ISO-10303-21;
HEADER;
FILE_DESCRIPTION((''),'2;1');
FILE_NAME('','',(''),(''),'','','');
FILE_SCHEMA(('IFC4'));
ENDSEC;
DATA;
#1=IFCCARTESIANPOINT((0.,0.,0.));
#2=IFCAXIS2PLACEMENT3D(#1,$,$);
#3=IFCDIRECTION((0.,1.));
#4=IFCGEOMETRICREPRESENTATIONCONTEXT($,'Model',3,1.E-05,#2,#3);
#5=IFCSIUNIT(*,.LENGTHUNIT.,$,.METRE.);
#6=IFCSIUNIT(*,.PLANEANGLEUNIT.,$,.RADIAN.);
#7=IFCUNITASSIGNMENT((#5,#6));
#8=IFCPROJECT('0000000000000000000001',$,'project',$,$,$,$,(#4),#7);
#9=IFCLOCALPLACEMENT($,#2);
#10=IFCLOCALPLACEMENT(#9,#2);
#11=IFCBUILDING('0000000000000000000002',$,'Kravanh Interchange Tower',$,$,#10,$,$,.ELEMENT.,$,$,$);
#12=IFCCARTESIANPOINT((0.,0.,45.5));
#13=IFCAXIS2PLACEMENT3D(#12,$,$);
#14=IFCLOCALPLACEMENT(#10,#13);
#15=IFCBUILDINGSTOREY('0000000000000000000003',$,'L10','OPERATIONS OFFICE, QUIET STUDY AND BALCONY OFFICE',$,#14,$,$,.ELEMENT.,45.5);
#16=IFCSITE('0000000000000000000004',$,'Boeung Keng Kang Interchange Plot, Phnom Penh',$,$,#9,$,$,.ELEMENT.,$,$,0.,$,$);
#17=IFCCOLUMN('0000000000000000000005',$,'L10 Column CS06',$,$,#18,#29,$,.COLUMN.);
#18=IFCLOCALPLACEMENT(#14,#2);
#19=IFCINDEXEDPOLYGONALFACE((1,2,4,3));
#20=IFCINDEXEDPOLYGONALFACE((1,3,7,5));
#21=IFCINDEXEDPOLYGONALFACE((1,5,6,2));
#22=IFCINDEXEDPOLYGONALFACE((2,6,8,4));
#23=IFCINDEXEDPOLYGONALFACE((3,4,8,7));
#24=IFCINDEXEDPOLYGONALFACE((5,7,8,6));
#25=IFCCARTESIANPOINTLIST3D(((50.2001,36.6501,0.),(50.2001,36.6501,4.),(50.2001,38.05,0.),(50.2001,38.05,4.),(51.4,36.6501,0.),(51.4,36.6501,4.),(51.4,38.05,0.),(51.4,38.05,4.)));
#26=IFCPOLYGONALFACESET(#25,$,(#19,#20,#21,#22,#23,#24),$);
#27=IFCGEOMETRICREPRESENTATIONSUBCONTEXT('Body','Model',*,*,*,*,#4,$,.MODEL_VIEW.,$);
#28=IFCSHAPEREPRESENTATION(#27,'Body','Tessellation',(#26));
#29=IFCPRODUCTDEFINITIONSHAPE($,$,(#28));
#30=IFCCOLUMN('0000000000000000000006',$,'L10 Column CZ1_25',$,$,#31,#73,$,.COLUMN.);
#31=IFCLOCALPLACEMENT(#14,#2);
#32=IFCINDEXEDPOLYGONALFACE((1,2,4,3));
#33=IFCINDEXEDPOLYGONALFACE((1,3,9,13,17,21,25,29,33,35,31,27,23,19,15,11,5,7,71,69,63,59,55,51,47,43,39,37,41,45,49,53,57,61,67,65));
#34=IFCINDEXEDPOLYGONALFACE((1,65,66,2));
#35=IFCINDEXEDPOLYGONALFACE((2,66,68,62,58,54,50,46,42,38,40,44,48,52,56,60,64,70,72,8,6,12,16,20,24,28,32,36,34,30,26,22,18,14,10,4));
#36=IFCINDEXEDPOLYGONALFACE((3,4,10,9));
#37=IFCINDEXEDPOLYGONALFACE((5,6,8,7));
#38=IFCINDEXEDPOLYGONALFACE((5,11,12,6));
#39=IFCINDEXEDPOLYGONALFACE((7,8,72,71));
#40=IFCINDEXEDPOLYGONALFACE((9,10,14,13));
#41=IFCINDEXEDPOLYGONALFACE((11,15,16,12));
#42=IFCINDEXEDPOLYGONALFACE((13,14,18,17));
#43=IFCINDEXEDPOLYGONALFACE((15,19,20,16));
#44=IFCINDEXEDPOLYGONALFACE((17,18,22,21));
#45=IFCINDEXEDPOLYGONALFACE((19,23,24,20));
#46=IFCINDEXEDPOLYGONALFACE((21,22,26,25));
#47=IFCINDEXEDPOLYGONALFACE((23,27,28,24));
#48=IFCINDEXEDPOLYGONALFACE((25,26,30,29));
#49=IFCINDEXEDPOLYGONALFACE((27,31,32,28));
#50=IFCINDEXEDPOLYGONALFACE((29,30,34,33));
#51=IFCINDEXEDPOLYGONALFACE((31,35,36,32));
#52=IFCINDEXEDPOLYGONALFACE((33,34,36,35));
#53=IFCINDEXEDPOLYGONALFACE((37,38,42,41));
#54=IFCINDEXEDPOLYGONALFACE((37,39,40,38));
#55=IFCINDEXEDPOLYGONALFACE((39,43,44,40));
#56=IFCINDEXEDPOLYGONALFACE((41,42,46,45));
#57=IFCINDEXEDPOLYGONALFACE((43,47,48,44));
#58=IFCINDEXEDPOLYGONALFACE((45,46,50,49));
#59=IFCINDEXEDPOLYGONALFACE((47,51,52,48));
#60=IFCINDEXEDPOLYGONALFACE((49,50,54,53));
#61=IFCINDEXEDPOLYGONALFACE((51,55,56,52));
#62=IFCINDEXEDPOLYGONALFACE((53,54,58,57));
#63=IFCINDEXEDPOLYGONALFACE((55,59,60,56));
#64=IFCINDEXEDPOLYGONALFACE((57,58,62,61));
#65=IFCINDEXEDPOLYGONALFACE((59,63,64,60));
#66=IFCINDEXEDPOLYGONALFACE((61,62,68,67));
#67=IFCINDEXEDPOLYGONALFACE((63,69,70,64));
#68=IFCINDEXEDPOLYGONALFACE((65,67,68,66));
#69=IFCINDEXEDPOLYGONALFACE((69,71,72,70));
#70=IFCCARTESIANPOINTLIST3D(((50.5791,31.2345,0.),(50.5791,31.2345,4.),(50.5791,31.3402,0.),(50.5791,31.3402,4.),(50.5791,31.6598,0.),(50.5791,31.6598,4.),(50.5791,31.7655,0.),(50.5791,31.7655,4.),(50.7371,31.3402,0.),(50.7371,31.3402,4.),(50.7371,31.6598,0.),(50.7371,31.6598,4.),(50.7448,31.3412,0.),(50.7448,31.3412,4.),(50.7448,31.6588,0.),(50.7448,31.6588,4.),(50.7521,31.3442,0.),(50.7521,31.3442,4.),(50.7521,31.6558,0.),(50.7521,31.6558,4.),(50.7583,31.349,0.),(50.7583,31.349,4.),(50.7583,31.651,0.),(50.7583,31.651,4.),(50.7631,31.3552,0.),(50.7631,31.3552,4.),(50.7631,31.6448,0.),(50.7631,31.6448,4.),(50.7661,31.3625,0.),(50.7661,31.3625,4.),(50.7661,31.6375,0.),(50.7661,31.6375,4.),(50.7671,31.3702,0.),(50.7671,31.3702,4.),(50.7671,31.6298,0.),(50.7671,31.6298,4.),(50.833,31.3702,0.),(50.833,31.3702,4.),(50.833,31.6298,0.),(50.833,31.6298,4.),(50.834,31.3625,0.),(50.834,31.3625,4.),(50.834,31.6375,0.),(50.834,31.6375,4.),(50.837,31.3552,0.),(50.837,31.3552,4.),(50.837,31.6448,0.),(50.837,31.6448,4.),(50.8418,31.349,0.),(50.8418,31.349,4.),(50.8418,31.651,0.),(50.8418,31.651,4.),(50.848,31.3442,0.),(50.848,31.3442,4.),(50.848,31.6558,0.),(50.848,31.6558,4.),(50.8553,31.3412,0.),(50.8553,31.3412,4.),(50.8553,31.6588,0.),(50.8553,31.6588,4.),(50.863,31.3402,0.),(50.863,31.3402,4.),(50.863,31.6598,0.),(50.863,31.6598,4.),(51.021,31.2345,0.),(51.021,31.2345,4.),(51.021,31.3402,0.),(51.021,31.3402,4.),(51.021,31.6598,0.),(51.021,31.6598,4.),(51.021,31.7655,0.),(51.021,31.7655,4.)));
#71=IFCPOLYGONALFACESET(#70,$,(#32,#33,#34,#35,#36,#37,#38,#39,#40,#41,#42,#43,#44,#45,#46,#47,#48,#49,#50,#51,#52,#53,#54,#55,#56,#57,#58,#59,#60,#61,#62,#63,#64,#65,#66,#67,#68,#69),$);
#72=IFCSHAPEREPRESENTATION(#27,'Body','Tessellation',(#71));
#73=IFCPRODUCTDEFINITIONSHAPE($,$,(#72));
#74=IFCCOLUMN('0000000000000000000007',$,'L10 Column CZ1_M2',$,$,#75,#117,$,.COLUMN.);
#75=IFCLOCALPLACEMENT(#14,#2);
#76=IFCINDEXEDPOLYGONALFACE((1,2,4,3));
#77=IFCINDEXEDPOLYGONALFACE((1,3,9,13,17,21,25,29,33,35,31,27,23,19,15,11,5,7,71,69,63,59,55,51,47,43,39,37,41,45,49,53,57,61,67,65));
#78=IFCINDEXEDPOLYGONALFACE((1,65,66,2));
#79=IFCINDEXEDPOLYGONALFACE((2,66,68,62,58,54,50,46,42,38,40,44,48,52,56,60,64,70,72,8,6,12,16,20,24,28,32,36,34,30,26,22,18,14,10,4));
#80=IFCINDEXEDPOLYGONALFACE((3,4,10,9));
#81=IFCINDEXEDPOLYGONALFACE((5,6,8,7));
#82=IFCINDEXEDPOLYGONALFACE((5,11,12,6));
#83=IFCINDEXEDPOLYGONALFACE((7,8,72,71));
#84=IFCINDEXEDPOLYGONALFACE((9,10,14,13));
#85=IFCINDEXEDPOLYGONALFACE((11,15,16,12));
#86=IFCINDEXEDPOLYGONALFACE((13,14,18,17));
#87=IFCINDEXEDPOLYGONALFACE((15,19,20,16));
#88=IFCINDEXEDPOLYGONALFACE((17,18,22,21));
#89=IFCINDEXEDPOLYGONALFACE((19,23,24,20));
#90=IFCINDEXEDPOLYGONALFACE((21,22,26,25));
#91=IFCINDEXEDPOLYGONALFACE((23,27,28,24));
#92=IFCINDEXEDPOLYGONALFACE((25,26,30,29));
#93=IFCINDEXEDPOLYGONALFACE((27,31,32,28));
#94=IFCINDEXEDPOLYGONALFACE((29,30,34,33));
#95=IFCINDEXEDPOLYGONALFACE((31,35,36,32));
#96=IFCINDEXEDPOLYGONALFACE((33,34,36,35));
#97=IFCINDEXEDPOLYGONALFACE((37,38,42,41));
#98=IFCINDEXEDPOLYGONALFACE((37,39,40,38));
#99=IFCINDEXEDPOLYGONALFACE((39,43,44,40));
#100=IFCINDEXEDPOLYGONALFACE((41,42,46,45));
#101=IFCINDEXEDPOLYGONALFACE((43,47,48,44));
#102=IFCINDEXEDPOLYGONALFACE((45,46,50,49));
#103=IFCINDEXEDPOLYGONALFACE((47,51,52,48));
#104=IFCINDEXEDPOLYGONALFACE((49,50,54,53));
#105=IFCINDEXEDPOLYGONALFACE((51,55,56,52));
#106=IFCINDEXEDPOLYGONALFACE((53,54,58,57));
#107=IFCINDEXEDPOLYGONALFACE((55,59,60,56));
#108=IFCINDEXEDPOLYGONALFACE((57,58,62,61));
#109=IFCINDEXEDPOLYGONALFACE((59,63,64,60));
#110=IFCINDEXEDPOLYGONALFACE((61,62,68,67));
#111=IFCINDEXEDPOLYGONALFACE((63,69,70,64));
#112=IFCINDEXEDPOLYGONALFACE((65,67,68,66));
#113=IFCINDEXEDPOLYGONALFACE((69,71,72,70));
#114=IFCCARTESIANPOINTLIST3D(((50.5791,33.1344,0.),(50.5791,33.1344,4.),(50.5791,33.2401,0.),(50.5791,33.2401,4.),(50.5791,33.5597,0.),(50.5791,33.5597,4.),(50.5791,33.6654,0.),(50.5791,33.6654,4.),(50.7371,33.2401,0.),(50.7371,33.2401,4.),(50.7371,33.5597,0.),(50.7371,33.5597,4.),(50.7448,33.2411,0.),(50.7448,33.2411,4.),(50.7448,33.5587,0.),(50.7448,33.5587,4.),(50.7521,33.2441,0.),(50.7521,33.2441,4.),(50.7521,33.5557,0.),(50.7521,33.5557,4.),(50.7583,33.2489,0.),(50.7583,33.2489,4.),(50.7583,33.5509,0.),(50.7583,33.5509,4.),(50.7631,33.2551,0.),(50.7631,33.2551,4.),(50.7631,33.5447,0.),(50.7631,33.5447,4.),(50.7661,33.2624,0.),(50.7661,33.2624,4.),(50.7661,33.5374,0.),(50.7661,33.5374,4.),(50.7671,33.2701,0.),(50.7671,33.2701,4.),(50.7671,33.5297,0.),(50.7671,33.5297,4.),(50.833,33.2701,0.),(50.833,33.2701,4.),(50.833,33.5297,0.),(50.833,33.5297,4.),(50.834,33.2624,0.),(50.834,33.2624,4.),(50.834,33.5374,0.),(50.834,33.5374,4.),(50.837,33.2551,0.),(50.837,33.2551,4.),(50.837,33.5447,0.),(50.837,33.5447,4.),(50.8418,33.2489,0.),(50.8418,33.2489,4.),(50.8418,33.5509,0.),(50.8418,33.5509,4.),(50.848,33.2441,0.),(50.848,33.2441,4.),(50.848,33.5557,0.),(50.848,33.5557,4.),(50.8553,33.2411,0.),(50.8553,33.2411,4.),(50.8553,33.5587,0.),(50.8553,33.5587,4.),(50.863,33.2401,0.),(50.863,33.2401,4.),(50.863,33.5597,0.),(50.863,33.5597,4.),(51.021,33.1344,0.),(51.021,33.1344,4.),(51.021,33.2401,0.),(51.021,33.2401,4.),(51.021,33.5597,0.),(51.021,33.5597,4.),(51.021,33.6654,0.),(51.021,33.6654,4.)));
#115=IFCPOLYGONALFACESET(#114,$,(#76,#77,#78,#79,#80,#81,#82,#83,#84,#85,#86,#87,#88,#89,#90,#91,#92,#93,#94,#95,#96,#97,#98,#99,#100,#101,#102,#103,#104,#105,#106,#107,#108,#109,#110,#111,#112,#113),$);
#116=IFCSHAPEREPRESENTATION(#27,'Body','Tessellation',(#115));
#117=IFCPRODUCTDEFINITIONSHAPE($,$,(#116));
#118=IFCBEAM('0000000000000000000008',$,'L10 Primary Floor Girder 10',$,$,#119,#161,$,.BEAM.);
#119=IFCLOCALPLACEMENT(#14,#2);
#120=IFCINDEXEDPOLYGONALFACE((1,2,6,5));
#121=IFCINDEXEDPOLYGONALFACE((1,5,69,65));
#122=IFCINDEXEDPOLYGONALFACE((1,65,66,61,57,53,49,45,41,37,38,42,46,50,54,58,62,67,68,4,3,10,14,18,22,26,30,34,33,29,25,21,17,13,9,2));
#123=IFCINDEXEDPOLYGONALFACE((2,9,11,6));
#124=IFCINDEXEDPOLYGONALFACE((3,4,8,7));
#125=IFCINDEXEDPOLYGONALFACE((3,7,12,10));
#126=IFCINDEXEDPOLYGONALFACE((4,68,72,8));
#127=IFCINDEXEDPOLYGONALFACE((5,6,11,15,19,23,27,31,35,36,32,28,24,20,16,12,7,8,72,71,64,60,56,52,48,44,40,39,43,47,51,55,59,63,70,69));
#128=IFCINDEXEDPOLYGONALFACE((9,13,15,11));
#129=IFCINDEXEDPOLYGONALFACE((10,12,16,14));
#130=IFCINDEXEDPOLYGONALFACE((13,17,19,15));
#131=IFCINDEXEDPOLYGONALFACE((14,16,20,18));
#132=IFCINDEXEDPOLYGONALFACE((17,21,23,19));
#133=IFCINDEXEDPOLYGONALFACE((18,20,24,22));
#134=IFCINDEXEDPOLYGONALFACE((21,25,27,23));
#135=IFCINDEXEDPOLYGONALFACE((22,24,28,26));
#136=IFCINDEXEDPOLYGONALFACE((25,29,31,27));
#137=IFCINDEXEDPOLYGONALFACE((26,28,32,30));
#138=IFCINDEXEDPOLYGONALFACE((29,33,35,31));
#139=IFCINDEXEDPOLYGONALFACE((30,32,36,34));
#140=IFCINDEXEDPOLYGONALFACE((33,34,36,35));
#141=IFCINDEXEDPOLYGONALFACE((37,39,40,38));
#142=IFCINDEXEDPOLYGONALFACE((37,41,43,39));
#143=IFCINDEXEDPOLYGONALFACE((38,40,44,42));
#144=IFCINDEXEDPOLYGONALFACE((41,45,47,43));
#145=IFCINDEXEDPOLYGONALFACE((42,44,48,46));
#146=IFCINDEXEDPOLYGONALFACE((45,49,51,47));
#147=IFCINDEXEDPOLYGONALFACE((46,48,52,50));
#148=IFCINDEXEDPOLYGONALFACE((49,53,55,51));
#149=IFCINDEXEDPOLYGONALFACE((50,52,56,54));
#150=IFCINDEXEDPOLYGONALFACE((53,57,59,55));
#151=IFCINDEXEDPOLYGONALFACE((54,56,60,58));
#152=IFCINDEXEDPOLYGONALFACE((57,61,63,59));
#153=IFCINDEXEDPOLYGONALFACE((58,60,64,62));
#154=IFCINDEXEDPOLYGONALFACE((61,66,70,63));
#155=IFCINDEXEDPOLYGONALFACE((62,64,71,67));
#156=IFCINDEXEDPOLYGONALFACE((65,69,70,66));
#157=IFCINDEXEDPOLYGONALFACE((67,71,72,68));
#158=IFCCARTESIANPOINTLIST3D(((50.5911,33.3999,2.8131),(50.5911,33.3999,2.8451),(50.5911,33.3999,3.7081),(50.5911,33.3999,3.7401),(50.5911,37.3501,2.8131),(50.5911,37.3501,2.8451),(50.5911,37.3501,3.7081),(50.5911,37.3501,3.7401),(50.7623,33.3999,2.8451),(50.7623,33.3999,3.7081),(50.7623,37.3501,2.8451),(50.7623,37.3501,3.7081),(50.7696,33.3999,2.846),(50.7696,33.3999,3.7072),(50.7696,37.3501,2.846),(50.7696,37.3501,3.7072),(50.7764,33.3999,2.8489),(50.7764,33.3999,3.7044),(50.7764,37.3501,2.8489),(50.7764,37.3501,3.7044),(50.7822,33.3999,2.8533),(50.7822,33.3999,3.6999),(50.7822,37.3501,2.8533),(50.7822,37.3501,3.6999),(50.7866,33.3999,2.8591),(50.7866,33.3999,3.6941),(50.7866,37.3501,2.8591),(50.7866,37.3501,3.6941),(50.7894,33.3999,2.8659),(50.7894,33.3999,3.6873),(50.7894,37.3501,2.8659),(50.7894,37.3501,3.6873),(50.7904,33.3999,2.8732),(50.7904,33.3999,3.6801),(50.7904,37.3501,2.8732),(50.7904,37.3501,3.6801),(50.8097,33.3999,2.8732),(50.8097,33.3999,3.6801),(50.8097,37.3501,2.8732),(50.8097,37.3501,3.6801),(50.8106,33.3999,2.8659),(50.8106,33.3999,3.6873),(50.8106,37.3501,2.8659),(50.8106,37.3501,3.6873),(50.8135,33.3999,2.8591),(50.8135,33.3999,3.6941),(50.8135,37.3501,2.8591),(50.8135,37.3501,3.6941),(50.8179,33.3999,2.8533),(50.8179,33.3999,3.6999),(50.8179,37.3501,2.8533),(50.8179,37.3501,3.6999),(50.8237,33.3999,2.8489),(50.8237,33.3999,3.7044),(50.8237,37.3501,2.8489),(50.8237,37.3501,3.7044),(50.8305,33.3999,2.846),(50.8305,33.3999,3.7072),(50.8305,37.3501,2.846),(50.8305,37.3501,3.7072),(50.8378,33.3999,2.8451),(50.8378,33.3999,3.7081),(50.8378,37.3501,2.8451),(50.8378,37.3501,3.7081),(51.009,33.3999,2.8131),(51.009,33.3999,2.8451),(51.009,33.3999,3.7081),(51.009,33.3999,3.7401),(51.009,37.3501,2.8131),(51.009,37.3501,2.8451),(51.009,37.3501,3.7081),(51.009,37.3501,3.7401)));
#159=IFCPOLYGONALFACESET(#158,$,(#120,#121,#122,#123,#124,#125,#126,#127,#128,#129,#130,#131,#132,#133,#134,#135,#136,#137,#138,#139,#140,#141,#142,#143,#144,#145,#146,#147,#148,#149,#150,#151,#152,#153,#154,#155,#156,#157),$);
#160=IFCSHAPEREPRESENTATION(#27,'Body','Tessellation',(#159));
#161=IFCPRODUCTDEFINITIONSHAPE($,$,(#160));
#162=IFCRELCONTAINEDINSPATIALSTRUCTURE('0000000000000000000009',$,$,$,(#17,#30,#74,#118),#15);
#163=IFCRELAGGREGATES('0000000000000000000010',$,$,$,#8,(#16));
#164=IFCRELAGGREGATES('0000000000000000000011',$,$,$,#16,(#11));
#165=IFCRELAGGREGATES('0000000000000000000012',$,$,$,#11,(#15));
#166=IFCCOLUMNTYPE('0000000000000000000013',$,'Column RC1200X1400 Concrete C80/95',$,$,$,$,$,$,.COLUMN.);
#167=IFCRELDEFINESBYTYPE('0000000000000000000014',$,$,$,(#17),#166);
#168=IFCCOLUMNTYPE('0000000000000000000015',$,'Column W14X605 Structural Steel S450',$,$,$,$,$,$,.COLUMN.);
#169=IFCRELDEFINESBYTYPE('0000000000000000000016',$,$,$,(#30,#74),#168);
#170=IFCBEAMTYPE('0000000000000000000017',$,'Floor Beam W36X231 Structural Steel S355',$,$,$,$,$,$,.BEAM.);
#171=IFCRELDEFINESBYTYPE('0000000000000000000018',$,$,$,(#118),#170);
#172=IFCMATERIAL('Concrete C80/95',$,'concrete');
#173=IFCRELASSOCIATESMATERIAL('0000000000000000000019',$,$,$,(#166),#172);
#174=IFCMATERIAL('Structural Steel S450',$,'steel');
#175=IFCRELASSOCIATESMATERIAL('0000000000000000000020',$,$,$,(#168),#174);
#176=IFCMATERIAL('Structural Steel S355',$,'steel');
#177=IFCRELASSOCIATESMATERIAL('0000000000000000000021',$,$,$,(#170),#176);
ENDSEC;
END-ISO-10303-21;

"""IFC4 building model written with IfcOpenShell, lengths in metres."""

from ifc_helpers import new_model, si_unit, direction, frame, origin, origin_2d, place, context, subcontext, project, spatial, rectangle, i_section, extrude, material, material_profile, profile_set, type_object, element, save


model = new_model("IFC4")

# Units and contexts
model_context = context("Model", 3, precision=1e-05, world=origin(), true_north=direction((0.0, 1.0)))
body_context = subcontext(model_context, "Body", "Model", "MODEL_VIEW")
ifc_project = project(units=[si_unit("LENGTHUNIT", "METRE"), si_unit("PLANEANGLEUNIT", "RADIAN")], contexts=[model_context])

# Site, building, storey
site_placement = place(None, origin())
site = spatial("IfcSite", under=ifc_project, at=site_placement, Name="Boeung Keng Kang Interchange Plot, Phnom Penh", CompositionType="ELEMENT", RefElevation=0.0)
building_placement = place(site_placement, origin())
building = spatial("IfcBuilding", under=site, at=building_placement, Name="Kravanh Interchange Tower", CompositionType="ELEMENT")
storey_placement = place(building_placement, frame((0.0, 0.0, 45.5)))
storey = spatial("IfcBuildingStorey", under=building, at=storey_placement, Name="L10", Description="OPERATIONS OFFICE, QUIET STUDY AND BALCONY OFFICE", CompositionType="ELEMENT", Elevation=45.5)

# Columns
ifc_material_1 = material(Name="Concrete C80/95", Category="concrete")
ifc_material_profile_1 = material_profile(ifc_material_1, rectangle(XDim=1.2, YDim=1.3999, at=origin_2d()), Name="RC1200X1400")
ifc_profile_set_1 = profile_set([ifc_material_profile_1], Name="Concrete C80/95")
column_type_1 = type_object("IfcColumnType", Name="Column RC1200X1400 Concrete C80/95", PredefinedType="COLUMN", material=ifc_profile_set_1)
column_placement = place(storey_placement, frame((50.8, 37.3501, 0.0), z_axis=(0.0, 0.0, 1.0), x_axis=(1.0, 0.0, 0.0)))
element("IfcColumn", 1, at=column_placement, inside=storey, type_object=column_type_1, Name="L10 Column CS06", PredefinedType="COLUMN", context=body_context, shape_type="SweptSolid", body=[
    extrude(rectangle(XDim=1.2, YDim=1.3999, at=origin_2d()), origin(), (0.0, 0.0, 1.0), 4.0),
])
ifc_material_2 = material(Name="Structural Steel S450", Category="steel")
ifc_material_profile_2 = material_profile(ifc_material_2, i_section(OverallWidth=0.4419, OverallDepth=0.531, WebThickness=0.0659, FlangeThickness=0.1057, FilletRadius=0.03, at=origin_2d()), Name="W14X605")
ifc_profile_set_2 = profile_set([ifc_material_profile_2], Name="Structural Steel S450")
column_type_2 = type_object("IfcColumnType", Name="Column W14X605 Structural Steel S450", PredefinedType="COLUMN", material=ifc_profile_set_2)
for number, where, z_axis, x_axis, name in (
    (2, (50.8, 31.5, 0.0), (0.0, 0.0, 1.0), (1.0, 0.0, 0.0), "L10 Column CZ1_25"),
    (3, (50.8, 33.3999, 0.0), (0.0, 0.0, 1.0), (1.0, 0.0, 0.0), "L10 Column CZ1_M2"),
):
    element("IfcColumn", number, at=place(storey_placement, frame(where, z_axis=z_axis, x_axis=x_axis)), inside=storey, type_object=column_type_2, Name=name, PredefinedType="COLUMN", context=body_context, shape_type="SweptSolid", body=[
        extrude(i_section(OverallWidth=0.4419, OverallDepth=0.531, WebThickness=0.0659, FlangeThickness=0.1057, FilletRadius=0.03, at=origin_2d()), origin(), (0.0, 0.0, 1.0), 4.0),
    ])

# Beam
ifc_material_3 = material(Name="Structural Steel S355", Category="steel")
ifc_material_profile_3 = material_profile(ifc_material_3, i_section(OverallWidth=0.418, OverallDepth=0.927, WebThickness=0.0193, FlangeThickness=0.032, FilletRadius=0.0281, at=origin_2d()), Name="W36X231")
ifc_profile_set_3 = profile_set([ifc_material_profile_3], Name="Structural Steel S355")
beam_type_1 = type_object("IfcBeamType", Name="Floor Beam W36X231 Structural Steel S355", PredefinedType="BEAM", material=ifc_profile_set_3)
beam_1_placement = place(storey_placement, frame((50.8, 37.3501, 3.2766), z_axis=(0.0, -1.0, 0.0), x_axis=(1.0, 0.0, 0.0)))
element("IfcBeam", 4, at=beam_1_placement, inside=storey, type_object=beam_type_1, Name="L10 Primary Floor Girder 10", PredefinedType="BEAM", context=body_context, shape_type="SweptSolid", body=[
    extrude(i_section(OverallWidth=0.418, OverallDepth=0.927, WebThickness=0.0193, FlangeThickness=0.032, FilletRadius=0.0281, at=origin_2d()), origin(), (0.0, 0.0, 1.0), 3.9502),
])

save(model, "model.ifc")
